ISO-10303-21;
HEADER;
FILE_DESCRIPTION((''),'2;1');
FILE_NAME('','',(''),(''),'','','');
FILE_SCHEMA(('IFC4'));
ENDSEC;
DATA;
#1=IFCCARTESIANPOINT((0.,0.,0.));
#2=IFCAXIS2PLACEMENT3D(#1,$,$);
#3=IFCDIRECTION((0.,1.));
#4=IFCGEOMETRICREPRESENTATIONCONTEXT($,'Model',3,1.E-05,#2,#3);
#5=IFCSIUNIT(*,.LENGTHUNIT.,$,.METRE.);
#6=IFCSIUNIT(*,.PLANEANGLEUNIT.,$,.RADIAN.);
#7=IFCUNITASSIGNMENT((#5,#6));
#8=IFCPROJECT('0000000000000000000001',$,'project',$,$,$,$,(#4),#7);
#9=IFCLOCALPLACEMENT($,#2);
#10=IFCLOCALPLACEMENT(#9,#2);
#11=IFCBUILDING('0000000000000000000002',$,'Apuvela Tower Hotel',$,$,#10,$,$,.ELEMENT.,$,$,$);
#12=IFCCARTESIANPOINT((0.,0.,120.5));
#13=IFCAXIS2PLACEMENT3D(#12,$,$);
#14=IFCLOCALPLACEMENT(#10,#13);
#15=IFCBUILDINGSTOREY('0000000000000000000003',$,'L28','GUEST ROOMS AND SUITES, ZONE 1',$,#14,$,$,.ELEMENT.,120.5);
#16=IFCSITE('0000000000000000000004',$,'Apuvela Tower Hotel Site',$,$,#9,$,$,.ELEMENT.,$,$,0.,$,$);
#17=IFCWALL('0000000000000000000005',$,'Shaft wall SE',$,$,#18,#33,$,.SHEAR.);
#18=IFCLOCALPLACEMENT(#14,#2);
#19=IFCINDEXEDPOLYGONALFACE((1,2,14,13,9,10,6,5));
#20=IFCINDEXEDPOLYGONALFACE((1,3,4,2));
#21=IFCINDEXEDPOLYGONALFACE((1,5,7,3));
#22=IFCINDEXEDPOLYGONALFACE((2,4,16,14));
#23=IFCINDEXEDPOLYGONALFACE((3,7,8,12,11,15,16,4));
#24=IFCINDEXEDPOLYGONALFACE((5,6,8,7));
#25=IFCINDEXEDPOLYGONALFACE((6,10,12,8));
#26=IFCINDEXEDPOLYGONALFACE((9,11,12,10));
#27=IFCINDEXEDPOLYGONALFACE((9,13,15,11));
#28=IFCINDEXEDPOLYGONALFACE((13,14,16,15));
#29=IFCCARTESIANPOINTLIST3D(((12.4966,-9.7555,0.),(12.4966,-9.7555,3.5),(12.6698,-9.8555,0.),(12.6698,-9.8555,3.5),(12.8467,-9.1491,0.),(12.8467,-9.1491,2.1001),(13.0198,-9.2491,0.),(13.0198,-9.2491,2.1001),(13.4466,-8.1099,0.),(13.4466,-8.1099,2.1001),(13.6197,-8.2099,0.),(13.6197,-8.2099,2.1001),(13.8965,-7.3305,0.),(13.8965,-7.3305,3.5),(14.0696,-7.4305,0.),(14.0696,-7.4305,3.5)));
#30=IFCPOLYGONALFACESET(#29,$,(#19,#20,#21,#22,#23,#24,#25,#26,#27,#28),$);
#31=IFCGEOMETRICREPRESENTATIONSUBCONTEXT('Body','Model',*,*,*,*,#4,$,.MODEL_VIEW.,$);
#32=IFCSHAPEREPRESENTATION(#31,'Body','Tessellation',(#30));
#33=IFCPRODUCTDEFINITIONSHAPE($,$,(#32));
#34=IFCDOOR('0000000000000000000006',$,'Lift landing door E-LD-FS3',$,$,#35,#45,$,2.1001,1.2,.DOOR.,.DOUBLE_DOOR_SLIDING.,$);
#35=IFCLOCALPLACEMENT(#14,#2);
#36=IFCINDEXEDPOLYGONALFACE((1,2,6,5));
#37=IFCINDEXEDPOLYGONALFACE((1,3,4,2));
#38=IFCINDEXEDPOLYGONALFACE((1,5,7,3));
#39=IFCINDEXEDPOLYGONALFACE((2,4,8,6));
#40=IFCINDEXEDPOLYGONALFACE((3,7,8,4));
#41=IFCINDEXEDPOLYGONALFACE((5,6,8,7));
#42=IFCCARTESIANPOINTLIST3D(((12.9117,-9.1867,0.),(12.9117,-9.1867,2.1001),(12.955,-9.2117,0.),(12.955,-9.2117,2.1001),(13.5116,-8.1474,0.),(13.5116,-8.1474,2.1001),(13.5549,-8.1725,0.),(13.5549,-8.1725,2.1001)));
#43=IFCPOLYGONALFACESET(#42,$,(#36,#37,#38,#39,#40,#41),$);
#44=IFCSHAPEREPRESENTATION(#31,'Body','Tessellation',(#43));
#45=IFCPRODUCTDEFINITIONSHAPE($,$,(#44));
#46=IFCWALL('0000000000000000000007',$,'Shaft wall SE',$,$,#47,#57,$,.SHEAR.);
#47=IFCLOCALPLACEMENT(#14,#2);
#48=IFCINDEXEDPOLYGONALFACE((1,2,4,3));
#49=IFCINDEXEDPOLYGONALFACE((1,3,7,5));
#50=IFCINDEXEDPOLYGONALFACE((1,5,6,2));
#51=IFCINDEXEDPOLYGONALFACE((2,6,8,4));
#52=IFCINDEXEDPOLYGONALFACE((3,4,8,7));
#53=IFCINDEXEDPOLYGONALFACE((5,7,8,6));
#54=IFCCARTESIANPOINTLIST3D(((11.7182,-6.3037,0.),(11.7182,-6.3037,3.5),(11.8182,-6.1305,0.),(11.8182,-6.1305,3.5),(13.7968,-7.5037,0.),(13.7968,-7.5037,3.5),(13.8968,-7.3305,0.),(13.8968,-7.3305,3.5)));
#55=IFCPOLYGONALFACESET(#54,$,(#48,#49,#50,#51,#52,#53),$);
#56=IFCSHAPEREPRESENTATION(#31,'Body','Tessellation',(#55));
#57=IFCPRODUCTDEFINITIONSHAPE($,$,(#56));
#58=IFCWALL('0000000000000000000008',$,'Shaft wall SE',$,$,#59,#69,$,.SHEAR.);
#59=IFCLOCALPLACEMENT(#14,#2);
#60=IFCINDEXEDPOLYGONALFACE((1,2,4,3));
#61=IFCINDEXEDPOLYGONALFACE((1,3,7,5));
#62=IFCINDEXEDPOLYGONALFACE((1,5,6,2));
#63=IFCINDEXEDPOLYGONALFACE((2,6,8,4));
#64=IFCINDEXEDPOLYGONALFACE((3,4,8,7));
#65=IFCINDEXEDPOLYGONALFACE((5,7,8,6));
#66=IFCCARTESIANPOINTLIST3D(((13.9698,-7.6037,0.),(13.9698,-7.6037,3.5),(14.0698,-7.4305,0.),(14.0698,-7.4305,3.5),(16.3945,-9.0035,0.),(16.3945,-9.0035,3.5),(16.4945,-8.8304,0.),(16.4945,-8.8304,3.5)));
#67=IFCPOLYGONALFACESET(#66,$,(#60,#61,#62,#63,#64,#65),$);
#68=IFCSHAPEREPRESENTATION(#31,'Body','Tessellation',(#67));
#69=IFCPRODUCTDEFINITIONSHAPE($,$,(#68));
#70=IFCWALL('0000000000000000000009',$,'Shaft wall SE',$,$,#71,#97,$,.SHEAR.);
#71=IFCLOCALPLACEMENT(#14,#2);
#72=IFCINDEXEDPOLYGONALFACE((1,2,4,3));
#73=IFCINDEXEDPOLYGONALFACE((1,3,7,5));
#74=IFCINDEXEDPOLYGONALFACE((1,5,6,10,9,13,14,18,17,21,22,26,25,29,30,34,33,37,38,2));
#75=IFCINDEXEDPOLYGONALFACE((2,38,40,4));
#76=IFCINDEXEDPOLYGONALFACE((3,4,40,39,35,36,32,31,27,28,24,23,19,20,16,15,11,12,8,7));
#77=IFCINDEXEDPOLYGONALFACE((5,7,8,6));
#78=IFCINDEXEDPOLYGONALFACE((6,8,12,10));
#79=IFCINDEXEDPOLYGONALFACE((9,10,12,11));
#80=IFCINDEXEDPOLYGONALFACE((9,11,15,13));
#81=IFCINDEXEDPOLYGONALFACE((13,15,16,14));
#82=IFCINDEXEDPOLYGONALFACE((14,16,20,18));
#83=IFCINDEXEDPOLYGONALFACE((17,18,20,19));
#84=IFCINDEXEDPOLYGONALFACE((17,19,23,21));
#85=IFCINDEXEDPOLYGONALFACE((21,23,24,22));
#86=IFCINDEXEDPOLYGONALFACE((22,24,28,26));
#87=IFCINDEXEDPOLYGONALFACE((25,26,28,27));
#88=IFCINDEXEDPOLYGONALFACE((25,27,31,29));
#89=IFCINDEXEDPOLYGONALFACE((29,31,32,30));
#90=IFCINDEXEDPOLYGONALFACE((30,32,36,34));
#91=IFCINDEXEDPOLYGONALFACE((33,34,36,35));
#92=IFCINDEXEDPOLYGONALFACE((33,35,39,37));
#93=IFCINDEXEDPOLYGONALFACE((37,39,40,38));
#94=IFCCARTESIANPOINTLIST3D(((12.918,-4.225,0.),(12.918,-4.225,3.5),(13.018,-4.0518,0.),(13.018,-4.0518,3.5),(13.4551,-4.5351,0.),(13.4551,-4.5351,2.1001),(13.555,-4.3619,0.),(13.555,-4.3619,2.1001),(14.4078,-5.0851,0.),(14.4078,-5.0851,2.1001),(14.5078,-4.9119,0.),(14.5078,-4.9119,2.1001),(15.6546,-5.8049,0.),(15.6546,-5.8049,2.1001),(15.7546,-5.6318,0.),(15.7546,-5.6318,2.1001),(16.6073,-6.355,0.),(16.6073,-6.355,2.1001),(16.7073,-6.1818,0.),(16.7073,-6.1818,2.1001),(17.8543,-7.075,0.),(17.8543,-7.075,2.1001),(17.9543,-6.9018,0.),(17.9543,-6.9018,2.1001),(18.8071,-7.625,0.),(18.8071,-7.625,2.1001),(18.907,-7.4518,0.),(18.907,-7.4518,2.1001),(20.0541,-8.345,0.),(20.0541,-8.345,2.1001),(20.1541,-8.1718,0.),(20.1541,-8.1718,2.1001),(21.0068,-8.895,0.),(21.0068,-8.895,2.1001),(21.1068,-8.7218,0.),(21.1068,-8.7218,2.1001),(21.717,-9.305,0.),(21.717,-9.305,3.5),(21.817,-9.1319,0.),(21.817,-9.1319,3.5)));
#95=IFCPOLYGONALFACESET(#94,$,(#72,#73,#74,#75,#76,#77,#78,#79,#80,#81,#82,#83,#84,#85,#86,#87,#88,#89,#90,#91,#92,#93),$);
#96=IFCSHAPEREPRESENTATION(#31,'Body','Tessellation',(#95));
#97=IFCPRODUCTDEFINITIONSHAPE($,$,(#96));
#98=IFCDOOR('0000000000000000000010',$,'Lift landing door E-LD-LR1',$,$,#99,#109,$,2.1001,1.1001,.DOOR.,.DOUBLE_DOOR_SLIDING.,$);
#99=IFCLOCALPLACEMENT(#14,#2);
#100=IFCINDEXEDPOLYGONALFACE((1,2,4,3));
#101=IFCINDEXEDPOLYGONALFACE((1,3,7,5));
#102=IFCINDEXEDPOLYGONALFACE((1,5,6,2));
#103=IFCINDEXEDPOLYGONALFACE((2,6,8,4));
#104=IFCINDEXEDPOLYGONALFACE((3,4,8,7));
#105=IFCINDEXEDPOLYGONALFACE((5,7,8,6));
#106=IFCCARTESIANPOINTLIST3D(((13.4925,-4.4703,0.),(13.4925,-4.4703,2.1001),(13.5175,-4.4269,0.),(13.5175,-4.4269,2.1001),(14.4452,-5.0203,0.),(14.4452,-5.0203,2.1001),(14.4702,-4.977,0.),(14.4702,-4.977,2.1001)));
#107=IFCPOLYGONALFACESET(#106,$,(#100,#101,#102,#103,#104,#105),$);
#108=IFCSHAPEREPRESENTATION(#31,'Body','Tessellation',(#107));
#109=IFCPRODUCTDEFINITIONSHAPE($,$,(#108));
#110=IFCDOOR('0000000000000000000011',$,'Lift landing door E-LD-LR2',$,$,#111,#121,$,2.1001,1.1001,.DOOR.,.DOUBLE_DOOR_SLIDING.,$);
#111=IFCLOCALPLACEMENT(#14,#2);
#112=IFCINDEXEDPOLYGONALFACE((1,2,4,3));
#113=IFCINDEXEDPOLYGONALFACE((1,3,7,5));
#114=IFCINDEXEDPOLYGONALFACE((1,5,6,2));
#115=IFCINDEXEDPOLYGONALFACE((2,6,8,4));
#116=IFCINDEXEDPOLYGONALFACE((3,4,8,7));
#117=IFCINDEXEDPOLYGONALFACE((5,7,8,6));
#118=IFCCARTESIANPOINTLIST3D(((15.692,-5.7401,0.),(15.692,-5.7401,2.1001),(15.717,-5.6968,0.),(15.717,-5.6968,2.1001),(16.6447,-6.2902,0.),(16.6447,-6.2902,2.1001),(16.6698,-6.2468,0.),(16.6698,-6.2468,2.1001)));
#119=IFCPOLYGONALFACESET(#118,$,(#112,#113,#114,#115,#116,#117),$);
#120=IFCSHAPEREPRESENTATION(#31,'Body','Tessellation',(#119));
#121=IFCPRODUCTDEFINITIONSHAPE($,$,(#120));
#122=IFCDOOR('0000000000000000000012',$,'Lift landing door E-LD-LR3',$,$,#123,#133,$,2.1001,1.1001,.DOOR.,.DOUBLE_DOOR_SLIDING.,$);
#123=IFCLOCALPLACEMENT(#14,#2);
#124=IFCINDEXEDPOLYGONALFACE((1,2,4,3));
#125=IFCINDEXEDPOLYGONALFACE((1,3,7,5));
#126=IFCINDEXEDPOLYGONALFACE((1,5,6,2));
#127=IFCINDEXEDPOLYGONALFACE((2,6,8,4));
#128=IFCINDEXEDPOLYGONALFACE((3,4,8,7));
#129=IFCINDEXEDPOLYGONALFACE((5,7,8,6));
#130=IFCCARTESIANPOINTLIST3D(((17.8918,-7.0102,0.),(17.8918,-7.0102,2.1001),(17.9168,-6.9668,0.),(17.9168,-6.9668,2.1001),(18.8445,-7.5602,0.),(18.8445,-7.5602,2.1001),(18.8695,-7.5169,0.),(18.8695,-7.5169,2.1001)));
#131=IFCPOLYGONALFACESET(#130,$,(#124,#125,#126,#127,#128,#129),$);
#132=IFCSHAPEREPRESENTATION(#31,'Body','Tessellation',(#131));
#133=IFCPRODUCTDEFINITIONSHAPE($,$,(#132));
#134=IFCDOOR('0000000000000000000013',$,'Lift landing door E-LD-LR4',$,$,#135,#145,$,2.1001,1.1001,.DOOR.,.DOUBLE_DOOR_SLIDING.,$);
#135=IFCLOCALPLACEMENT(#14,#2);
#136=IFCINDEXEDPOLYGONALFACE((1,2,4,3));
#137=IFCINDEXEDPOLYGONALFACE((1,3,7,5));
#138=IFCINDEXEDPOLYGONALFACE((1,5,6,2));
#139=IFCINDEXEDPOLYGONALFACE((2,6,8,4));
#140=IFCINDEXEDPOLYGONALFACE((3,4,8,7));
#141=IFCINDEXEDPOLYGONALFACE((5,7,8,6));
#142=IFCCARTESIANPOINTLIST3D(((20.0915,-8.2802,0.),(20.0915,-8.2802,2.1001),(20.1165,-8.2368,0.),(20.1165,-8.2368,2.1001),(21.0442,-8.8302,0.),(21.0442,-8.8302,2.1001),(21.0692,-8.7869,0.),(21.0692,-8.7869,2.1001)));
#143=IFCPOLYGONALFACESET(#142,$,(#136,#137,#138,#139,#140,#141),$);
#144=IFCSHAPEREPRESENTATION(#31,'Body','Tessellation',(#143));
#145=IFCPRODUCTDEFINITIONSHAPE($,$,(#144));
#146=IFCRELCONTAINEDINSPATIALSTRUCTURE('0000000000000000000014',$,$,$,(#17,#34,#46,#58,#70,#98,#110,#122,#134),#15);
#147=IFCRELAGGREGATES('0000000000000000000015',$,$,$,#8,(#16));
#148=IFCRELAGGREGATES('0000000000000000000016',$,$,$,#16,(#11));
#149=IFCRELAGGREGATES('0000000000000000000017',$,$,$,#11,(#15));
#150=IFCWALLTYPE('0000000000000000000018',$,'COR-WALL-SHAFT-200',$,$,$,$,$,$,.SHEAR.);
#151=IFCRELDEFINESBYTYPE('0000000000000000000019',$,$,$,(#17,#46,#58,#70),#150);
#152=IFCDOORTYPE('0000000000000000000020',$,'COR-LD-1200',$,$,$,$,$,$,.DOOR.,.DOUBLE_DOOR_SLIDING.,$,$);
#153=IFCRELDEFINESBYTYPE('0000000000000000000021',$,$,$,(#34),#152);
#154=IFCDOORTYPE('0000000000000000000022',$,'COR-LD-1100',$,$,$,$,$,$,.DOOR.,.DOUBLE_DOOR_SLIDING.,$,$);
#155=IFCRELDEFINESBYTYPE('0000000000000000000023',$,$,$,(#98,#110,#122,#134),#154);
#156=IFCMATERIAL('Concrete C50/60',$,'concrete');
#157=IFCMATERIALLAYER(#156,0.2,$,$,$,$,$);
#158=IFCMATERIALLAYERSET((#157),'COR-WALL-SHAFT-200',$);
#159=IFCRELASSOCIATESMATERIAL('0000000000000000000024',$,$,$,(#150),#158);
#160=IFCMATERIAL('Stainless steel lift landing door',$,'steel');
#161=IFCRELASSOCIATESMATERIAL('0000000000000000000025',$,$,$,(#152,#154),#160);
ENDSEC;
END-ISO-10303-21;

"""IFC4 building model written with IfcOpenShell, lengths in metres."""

from ifc_helpers import new_model, si_unit, direction, frame, frame_2d, origin, place, context, subcontext, project, spatial, rectangle, extrude, material, layer, layer_set, type_object, element, fill, save


model = new_model("IFC4")

# Units and contexts
model_context = context("Model", 3, precision=1e-05, world=origin(), true_north=direction((0.0, 1.0)))
body_context = subcontext(model_context, "Body", "Model", "MODEL_VIEW")
ifc_project = project(units=[si_unit("LENGTHUNIT", "METRE"), si_unit("PLANEANGLEUNIT", "RADIAN")], contexts=[model_context])

# Site, building, storey
site_placement = place(None, origin())
site = spatial("IfcSite", under=ifc_project, at=site_placement, Name="Apuvela Tower Hotel Site", CompositionType="ELEMENT", RefElevation=0.0)
building_placement = place(site_placement, origin())
building = spatial("IfcBuilding", under=site, at=building_placement, Name="Apuvela Tower Hotel", CompositionType="ELEMENT")
storey_placement = place(building_placement, frame((0.0, 0.0, 120.5)))
storey = spatial("IfcBuildingStorey", under=building, at=storey_placement, Name="L28", Description="GUEST ROOMS AND SUITES, ZONE 1", CompositionType="ELEMENT", Elevation=120.5)

# Shared definitions
ifc_material_1 = material(Name="Concrete C50/60", Category="concrete")

# Wall, opening, door
ifc_layer_1 = layer(ifc_material_1, 0.2)
ifc_layer_set_1 = layer_set([ifc_layer_1], Name="COR-WALL-SHAFT-200")
wall_type_1 = type_object("IfcWallType", Name="COR-WALL-SHAFT-200", PredefinedType="SHEAR", material=ifc_layer_set_1)
wall_1_placement = place(storey_placement, frame((12.5833, -9.8054, 0.0), z_axis=(0.0, 0.0, 1.0), x_axis=(0.499946, 0.866056, 0.0)))
wall_1 = element("IfcWall", 1, at=wall_1_placement, inside=storey, type_object=wall_type_1, Name="Shaft wall SE", PredefinedType="SHEAR", context=body_context, shape_type="SweptSolid", body=[
    extrude(rectangle(XDim=2.8, YDim=0.2, at=frame_2d((1.3999, 0.0))), origin(), (0.0, 0.0, 1.0), 3.5),
])
opening_1_placement = place(wall_1_placement, frame((0.7, 0.0, 0.0)))
opening_1 = element("IfcOpeningElement", 2, at=opening_1_placement, cuts=wall_1, PredefinedType="OPENING", context=body_context, shape_type="SweptSolid", body=[
    extrude(rectangle(XDim=1.2, YDim=2.1001, at=frame_2d((0.6001, 1.05))), frame((0.0, 0.1099, 0.0), z_axis=(0.0, -1.0, 0.0), x_axis=(1.0, 0.0, 0.0)), (0.0, 0.0, 1.0), 0.22),
])
ifc_material_2 = material(Name="Stainless steel lift landing door", Category="steel")
door_type_1 = type_object("IfcDoorType", Name="COR-LD-1200", OperationType="DOUBLE_DOOR_SLIDING", PredefinedType="DOOR", material=ifc_material_2)
door_1_placement = place(opening_1_placement, origin())
door_1 = element("IfcDoor", 3, at=door_1_placement, inside=storey, type_object=door_type_1, Name="Lift landing door E-LD-FS3", OperationType="DOUBLE_DOOR_SLIDING", OverallHeight=2.1001, OverallWidth=1.2, PredefinedType="DOOR", context=body_context, shape_type="SweptSolid", body=[
    extrude(rectangle(XDim=1.2, YDim=2.1001, at=frame_2d((0.6001, 1.05))), frame((0.0, 0.0249, 0.0), z_axis=(0.0, -1.0, 0.0), x_axis=(1.0, 0.0, 0.0)), (0.0, 0.0, 1.0), 0.05),
])
fill(opening_1, door_1)

# Walls
wall_2_placement = place(storey_placement, frame((11.7681, -6.217, 0.0), z_axis=(0.0, 0.0, 1.0), x_axis=(0.86605, -0.499957, 0.0)))
element("IfcWall", 4, at=wall_2_placement, inside=storey, type_object=wall_type_1, Name="Shaft wall SE", PredefinedType="SHEAR", context=body_context, shape_type="SweptSolid", body=[
    extrude(rectangle(XDim=2.4001, YDim=0.2, at=frame_2d((1.2002, 0.0))), origin(), (0.0, 0.0, 1.0), 3.5),
])
wall_3_placement = place(storey_placement, frame((14.0198, -7.5171, 0.0), z_axis=(0.0, 0.0, 1.0), x_axis=(0.866035, -0.499984, 0.0)))
element("IfcWall", 5, at=wall_3_placement, inside=storey, type_object=wall_type_1, Name="Shaft wall SE", PredefinedType="SHEAR", context=body_context, shape_type="SweptSolid", body=[
    extrude(rectangle(XDim=2.7998, YDim=0.2, at=frame_2d((1.3999, 0.0))), origin(), (0.0, 0.0, 1.0), 3.5),
])

# Wall, openings, doors
wall_4_placement = place(storey_placement, frame((12.968, -4.1384, 0.0), z_axis=(0.0, 0.0, 1.0), x_axis=(0.866028, -0.499995, 0.0)))
wall_4 = element("IfcWall", 6, at=wall_4_placement, inside=storey, type_object=wall_type_1, Name="Shaft wall SE", PredefinedType="SHEAR", context=body_context, shape_type="SweptSolid", body=[
    extrude(rectangle(XDim=10.1602, YDim=0.2, at=frame_2d((5.0801, 0.0))), origin(), (0.0, 0.0, 1.0), 3.5),
])
opening_2_placement = place(wall_4_placement, frame((0.6201, 0.0, 0.0)))
opening_2 = element("IfcOpeningElement", 7, at=opening_2_placement, cuts=wall_4, PredefinedType="OPENING", context=body_context, shape_type="SweptSolid", body=[
    extrude(rectangle(XDim=1.1001, YDim=2.1001, at=frame_2d((0.55, 1.05))), frame((0.0, 0.1099, 0.0), z_axis=(0.0, -1.0, 0.0), x_axis=(1.0, 0.0, 0.0)), (0.0, 0.0, 1.0), 0.22),
])
opening_3_placement = place(wall_4_placement, frame((3.1599, 0.0, 0.0)))
opening_3 = element("IfcOpeningElement", 8, at=opening_3_placement, cuts=wall_4, PredefinedType="OPENING", context=body_context, shape_type="SweptSolid", body=[
    extrude(rectangle(XDim=1.1001, YDim=2.1001, at=frame_2d((0.55, 1.05))), frame((0.0, 0.1099, 0.0), z_axis=(0.0, -1.0, 0.0), x_axis=(1.0, 0.0, 0.0)), (0.0, 0.0, 1.0), 0.22),
])
opening_4_placement = place(wall_4_placement, frame((5.7, 0.0, 0.0)))
opening_4 = element("IfcOpeningElement", 9, at=opening_4_placement, cuts=wall_4, PredefinedType="OPENING", context=body_context, shape_type="SweptSolid", body=[
    extrude(rectangle(XDim=1.1001, YDim=2.1001, at=frame_2d((0.55, 1.05))), frame((0.0, 0.1099, 0.0), z_axis=(0.0, -1.0, 0.0), x_axis=(1.0, 0.0, 0.0)), (0.0, 0.0, 1.0), 0.22),
])
opening_5_placement = place(wall_4_placement, frame((8.24, 0.0, 0.0)))
opening_5 = element("IfcOpeningElement", 10, at=opening_5_placement, cuts=wall_4, PredefinedType="OPENING", context=body_context, shape_type="SweptSolid", body=[
    extrude(rectangle(XDim=1.1001, YDim=2.1001, at=frame_2d((0.55, 1.05))), frame((0.0, 0.1099, 0.0), z_axis=(0.0, -1.0, 0.0), x_axis=(1.0, 0.0, 0.0)), (0.0, 0.0, 1.0), 0.22),
])
door_type_2 = type_object("IfcDoorType", Name="COR-LD-1100", OperationType="DOUBLE_DOOR_SLIDING", PredefinedType="DOOR", material=ifc_material_2)
door_2_placement = place(opening_2_placement, origin())
door_2 = element("IfcDoor", 11, at=door_2_placement, inside=storey, type_object=door_type_2, Name="Lift landing door E-LD-LR1", OperationType="DOUBLE_DOOR_SLIDING", OverallHeight=2.1001, OverallWidth=1.1001, PredefinedType="DOOR", context=body_context, shape_type="SweptSolid", body=[
    extrude(rectangle(XDim=1.1001, YDim=2.1001, at=frame_2d((0.55, 1.05))), frame((0.0, 0.0249, 0.0), z_axis=(0.0, -1.0, 0.0), x_axis=(1.0, 0.0, 0.0)), (0.0, 0.0, 1.0), 0.05),
])
fill(opening_2, door_2)
door_3_placement = place(opening_3_placement, origin())
door_3 = element("IfcDoor", 12, at=door_3_placement, inside=storey, type_object=door_type_2, Name="Lift landing door E-LD-LR2", OperationType="DOUBLE_DOOR_SLIDING", OverallHeight=2.1001, OverallWidth=1.1001, PredefinedType="DOOR", context=body_context, shape_type="SweptSolid", body=[
    extrude(rectangle(XDim=1.1001, YDim=2.1001, at=frame_2d((0.55, 1.05))), frame((0.0, 0.0249, 0.0), z_axis=(0.0, -1.0, 0.0), x_axis=(1.0, 0.0, 0.0)), (0.0, 0.0, 1.0), 0.05),
])
fill(opening_3, door_3)
door_4_placement = place(opening_4_placement, origin())
door_4 = element("IfcDoor", 13, at=door_4_placement, inside=storey, type_object=door_type_2, Name="Lift landing door E-LD-LR3", OperationType="DOUBLE_DOOR_SLIDING", OverallHeight=2.1001, OverallWidth=1.1001, PredefinedType="DOOR", context=body_context, shape_type="SweptSolid", body=[
    extrude(rectangle(XDim=1.1001, YDim=2.1001, at=frame_2d((0.55, 1.05))), frame((0.0, 0.0249, 0.0), z_axis=(0.0, -1.0, 0.0), x_axis=(1.0, 0.0, 0.0)), (0.0, 0.0, 1.0), 0.05),
])
fill(opening_4, door_4)
door_5_placement = place(opening_5_placement, origin())
door_5 = element("IfcDoor", 14, at=door_5_placement, inside=storey, type_object=door_type_2, Name="Lift landing door E-LD-LR4", OperationType="DOUBLE_DOOR_SLIDING", OverallHeight=2.1001, OverallWidth=1.1001, PredefinedType="DOOR", context=body_context, shape_type="SweptSolid", body=[
    extrude(rectangle(XDim=1.1001, YDim=2.1001, at=frame_2d((0.55, 1.05))), frame((0.0, 0.0249, 0.0), z_axis=(0.0, -1.0, 0.0), x_axis=(1.0, 0.0, 0.0)), (0.0, 0.0, 1.0), 0.05),
])
fill(opening_5, door_5)

save(model, "model.ifc")
